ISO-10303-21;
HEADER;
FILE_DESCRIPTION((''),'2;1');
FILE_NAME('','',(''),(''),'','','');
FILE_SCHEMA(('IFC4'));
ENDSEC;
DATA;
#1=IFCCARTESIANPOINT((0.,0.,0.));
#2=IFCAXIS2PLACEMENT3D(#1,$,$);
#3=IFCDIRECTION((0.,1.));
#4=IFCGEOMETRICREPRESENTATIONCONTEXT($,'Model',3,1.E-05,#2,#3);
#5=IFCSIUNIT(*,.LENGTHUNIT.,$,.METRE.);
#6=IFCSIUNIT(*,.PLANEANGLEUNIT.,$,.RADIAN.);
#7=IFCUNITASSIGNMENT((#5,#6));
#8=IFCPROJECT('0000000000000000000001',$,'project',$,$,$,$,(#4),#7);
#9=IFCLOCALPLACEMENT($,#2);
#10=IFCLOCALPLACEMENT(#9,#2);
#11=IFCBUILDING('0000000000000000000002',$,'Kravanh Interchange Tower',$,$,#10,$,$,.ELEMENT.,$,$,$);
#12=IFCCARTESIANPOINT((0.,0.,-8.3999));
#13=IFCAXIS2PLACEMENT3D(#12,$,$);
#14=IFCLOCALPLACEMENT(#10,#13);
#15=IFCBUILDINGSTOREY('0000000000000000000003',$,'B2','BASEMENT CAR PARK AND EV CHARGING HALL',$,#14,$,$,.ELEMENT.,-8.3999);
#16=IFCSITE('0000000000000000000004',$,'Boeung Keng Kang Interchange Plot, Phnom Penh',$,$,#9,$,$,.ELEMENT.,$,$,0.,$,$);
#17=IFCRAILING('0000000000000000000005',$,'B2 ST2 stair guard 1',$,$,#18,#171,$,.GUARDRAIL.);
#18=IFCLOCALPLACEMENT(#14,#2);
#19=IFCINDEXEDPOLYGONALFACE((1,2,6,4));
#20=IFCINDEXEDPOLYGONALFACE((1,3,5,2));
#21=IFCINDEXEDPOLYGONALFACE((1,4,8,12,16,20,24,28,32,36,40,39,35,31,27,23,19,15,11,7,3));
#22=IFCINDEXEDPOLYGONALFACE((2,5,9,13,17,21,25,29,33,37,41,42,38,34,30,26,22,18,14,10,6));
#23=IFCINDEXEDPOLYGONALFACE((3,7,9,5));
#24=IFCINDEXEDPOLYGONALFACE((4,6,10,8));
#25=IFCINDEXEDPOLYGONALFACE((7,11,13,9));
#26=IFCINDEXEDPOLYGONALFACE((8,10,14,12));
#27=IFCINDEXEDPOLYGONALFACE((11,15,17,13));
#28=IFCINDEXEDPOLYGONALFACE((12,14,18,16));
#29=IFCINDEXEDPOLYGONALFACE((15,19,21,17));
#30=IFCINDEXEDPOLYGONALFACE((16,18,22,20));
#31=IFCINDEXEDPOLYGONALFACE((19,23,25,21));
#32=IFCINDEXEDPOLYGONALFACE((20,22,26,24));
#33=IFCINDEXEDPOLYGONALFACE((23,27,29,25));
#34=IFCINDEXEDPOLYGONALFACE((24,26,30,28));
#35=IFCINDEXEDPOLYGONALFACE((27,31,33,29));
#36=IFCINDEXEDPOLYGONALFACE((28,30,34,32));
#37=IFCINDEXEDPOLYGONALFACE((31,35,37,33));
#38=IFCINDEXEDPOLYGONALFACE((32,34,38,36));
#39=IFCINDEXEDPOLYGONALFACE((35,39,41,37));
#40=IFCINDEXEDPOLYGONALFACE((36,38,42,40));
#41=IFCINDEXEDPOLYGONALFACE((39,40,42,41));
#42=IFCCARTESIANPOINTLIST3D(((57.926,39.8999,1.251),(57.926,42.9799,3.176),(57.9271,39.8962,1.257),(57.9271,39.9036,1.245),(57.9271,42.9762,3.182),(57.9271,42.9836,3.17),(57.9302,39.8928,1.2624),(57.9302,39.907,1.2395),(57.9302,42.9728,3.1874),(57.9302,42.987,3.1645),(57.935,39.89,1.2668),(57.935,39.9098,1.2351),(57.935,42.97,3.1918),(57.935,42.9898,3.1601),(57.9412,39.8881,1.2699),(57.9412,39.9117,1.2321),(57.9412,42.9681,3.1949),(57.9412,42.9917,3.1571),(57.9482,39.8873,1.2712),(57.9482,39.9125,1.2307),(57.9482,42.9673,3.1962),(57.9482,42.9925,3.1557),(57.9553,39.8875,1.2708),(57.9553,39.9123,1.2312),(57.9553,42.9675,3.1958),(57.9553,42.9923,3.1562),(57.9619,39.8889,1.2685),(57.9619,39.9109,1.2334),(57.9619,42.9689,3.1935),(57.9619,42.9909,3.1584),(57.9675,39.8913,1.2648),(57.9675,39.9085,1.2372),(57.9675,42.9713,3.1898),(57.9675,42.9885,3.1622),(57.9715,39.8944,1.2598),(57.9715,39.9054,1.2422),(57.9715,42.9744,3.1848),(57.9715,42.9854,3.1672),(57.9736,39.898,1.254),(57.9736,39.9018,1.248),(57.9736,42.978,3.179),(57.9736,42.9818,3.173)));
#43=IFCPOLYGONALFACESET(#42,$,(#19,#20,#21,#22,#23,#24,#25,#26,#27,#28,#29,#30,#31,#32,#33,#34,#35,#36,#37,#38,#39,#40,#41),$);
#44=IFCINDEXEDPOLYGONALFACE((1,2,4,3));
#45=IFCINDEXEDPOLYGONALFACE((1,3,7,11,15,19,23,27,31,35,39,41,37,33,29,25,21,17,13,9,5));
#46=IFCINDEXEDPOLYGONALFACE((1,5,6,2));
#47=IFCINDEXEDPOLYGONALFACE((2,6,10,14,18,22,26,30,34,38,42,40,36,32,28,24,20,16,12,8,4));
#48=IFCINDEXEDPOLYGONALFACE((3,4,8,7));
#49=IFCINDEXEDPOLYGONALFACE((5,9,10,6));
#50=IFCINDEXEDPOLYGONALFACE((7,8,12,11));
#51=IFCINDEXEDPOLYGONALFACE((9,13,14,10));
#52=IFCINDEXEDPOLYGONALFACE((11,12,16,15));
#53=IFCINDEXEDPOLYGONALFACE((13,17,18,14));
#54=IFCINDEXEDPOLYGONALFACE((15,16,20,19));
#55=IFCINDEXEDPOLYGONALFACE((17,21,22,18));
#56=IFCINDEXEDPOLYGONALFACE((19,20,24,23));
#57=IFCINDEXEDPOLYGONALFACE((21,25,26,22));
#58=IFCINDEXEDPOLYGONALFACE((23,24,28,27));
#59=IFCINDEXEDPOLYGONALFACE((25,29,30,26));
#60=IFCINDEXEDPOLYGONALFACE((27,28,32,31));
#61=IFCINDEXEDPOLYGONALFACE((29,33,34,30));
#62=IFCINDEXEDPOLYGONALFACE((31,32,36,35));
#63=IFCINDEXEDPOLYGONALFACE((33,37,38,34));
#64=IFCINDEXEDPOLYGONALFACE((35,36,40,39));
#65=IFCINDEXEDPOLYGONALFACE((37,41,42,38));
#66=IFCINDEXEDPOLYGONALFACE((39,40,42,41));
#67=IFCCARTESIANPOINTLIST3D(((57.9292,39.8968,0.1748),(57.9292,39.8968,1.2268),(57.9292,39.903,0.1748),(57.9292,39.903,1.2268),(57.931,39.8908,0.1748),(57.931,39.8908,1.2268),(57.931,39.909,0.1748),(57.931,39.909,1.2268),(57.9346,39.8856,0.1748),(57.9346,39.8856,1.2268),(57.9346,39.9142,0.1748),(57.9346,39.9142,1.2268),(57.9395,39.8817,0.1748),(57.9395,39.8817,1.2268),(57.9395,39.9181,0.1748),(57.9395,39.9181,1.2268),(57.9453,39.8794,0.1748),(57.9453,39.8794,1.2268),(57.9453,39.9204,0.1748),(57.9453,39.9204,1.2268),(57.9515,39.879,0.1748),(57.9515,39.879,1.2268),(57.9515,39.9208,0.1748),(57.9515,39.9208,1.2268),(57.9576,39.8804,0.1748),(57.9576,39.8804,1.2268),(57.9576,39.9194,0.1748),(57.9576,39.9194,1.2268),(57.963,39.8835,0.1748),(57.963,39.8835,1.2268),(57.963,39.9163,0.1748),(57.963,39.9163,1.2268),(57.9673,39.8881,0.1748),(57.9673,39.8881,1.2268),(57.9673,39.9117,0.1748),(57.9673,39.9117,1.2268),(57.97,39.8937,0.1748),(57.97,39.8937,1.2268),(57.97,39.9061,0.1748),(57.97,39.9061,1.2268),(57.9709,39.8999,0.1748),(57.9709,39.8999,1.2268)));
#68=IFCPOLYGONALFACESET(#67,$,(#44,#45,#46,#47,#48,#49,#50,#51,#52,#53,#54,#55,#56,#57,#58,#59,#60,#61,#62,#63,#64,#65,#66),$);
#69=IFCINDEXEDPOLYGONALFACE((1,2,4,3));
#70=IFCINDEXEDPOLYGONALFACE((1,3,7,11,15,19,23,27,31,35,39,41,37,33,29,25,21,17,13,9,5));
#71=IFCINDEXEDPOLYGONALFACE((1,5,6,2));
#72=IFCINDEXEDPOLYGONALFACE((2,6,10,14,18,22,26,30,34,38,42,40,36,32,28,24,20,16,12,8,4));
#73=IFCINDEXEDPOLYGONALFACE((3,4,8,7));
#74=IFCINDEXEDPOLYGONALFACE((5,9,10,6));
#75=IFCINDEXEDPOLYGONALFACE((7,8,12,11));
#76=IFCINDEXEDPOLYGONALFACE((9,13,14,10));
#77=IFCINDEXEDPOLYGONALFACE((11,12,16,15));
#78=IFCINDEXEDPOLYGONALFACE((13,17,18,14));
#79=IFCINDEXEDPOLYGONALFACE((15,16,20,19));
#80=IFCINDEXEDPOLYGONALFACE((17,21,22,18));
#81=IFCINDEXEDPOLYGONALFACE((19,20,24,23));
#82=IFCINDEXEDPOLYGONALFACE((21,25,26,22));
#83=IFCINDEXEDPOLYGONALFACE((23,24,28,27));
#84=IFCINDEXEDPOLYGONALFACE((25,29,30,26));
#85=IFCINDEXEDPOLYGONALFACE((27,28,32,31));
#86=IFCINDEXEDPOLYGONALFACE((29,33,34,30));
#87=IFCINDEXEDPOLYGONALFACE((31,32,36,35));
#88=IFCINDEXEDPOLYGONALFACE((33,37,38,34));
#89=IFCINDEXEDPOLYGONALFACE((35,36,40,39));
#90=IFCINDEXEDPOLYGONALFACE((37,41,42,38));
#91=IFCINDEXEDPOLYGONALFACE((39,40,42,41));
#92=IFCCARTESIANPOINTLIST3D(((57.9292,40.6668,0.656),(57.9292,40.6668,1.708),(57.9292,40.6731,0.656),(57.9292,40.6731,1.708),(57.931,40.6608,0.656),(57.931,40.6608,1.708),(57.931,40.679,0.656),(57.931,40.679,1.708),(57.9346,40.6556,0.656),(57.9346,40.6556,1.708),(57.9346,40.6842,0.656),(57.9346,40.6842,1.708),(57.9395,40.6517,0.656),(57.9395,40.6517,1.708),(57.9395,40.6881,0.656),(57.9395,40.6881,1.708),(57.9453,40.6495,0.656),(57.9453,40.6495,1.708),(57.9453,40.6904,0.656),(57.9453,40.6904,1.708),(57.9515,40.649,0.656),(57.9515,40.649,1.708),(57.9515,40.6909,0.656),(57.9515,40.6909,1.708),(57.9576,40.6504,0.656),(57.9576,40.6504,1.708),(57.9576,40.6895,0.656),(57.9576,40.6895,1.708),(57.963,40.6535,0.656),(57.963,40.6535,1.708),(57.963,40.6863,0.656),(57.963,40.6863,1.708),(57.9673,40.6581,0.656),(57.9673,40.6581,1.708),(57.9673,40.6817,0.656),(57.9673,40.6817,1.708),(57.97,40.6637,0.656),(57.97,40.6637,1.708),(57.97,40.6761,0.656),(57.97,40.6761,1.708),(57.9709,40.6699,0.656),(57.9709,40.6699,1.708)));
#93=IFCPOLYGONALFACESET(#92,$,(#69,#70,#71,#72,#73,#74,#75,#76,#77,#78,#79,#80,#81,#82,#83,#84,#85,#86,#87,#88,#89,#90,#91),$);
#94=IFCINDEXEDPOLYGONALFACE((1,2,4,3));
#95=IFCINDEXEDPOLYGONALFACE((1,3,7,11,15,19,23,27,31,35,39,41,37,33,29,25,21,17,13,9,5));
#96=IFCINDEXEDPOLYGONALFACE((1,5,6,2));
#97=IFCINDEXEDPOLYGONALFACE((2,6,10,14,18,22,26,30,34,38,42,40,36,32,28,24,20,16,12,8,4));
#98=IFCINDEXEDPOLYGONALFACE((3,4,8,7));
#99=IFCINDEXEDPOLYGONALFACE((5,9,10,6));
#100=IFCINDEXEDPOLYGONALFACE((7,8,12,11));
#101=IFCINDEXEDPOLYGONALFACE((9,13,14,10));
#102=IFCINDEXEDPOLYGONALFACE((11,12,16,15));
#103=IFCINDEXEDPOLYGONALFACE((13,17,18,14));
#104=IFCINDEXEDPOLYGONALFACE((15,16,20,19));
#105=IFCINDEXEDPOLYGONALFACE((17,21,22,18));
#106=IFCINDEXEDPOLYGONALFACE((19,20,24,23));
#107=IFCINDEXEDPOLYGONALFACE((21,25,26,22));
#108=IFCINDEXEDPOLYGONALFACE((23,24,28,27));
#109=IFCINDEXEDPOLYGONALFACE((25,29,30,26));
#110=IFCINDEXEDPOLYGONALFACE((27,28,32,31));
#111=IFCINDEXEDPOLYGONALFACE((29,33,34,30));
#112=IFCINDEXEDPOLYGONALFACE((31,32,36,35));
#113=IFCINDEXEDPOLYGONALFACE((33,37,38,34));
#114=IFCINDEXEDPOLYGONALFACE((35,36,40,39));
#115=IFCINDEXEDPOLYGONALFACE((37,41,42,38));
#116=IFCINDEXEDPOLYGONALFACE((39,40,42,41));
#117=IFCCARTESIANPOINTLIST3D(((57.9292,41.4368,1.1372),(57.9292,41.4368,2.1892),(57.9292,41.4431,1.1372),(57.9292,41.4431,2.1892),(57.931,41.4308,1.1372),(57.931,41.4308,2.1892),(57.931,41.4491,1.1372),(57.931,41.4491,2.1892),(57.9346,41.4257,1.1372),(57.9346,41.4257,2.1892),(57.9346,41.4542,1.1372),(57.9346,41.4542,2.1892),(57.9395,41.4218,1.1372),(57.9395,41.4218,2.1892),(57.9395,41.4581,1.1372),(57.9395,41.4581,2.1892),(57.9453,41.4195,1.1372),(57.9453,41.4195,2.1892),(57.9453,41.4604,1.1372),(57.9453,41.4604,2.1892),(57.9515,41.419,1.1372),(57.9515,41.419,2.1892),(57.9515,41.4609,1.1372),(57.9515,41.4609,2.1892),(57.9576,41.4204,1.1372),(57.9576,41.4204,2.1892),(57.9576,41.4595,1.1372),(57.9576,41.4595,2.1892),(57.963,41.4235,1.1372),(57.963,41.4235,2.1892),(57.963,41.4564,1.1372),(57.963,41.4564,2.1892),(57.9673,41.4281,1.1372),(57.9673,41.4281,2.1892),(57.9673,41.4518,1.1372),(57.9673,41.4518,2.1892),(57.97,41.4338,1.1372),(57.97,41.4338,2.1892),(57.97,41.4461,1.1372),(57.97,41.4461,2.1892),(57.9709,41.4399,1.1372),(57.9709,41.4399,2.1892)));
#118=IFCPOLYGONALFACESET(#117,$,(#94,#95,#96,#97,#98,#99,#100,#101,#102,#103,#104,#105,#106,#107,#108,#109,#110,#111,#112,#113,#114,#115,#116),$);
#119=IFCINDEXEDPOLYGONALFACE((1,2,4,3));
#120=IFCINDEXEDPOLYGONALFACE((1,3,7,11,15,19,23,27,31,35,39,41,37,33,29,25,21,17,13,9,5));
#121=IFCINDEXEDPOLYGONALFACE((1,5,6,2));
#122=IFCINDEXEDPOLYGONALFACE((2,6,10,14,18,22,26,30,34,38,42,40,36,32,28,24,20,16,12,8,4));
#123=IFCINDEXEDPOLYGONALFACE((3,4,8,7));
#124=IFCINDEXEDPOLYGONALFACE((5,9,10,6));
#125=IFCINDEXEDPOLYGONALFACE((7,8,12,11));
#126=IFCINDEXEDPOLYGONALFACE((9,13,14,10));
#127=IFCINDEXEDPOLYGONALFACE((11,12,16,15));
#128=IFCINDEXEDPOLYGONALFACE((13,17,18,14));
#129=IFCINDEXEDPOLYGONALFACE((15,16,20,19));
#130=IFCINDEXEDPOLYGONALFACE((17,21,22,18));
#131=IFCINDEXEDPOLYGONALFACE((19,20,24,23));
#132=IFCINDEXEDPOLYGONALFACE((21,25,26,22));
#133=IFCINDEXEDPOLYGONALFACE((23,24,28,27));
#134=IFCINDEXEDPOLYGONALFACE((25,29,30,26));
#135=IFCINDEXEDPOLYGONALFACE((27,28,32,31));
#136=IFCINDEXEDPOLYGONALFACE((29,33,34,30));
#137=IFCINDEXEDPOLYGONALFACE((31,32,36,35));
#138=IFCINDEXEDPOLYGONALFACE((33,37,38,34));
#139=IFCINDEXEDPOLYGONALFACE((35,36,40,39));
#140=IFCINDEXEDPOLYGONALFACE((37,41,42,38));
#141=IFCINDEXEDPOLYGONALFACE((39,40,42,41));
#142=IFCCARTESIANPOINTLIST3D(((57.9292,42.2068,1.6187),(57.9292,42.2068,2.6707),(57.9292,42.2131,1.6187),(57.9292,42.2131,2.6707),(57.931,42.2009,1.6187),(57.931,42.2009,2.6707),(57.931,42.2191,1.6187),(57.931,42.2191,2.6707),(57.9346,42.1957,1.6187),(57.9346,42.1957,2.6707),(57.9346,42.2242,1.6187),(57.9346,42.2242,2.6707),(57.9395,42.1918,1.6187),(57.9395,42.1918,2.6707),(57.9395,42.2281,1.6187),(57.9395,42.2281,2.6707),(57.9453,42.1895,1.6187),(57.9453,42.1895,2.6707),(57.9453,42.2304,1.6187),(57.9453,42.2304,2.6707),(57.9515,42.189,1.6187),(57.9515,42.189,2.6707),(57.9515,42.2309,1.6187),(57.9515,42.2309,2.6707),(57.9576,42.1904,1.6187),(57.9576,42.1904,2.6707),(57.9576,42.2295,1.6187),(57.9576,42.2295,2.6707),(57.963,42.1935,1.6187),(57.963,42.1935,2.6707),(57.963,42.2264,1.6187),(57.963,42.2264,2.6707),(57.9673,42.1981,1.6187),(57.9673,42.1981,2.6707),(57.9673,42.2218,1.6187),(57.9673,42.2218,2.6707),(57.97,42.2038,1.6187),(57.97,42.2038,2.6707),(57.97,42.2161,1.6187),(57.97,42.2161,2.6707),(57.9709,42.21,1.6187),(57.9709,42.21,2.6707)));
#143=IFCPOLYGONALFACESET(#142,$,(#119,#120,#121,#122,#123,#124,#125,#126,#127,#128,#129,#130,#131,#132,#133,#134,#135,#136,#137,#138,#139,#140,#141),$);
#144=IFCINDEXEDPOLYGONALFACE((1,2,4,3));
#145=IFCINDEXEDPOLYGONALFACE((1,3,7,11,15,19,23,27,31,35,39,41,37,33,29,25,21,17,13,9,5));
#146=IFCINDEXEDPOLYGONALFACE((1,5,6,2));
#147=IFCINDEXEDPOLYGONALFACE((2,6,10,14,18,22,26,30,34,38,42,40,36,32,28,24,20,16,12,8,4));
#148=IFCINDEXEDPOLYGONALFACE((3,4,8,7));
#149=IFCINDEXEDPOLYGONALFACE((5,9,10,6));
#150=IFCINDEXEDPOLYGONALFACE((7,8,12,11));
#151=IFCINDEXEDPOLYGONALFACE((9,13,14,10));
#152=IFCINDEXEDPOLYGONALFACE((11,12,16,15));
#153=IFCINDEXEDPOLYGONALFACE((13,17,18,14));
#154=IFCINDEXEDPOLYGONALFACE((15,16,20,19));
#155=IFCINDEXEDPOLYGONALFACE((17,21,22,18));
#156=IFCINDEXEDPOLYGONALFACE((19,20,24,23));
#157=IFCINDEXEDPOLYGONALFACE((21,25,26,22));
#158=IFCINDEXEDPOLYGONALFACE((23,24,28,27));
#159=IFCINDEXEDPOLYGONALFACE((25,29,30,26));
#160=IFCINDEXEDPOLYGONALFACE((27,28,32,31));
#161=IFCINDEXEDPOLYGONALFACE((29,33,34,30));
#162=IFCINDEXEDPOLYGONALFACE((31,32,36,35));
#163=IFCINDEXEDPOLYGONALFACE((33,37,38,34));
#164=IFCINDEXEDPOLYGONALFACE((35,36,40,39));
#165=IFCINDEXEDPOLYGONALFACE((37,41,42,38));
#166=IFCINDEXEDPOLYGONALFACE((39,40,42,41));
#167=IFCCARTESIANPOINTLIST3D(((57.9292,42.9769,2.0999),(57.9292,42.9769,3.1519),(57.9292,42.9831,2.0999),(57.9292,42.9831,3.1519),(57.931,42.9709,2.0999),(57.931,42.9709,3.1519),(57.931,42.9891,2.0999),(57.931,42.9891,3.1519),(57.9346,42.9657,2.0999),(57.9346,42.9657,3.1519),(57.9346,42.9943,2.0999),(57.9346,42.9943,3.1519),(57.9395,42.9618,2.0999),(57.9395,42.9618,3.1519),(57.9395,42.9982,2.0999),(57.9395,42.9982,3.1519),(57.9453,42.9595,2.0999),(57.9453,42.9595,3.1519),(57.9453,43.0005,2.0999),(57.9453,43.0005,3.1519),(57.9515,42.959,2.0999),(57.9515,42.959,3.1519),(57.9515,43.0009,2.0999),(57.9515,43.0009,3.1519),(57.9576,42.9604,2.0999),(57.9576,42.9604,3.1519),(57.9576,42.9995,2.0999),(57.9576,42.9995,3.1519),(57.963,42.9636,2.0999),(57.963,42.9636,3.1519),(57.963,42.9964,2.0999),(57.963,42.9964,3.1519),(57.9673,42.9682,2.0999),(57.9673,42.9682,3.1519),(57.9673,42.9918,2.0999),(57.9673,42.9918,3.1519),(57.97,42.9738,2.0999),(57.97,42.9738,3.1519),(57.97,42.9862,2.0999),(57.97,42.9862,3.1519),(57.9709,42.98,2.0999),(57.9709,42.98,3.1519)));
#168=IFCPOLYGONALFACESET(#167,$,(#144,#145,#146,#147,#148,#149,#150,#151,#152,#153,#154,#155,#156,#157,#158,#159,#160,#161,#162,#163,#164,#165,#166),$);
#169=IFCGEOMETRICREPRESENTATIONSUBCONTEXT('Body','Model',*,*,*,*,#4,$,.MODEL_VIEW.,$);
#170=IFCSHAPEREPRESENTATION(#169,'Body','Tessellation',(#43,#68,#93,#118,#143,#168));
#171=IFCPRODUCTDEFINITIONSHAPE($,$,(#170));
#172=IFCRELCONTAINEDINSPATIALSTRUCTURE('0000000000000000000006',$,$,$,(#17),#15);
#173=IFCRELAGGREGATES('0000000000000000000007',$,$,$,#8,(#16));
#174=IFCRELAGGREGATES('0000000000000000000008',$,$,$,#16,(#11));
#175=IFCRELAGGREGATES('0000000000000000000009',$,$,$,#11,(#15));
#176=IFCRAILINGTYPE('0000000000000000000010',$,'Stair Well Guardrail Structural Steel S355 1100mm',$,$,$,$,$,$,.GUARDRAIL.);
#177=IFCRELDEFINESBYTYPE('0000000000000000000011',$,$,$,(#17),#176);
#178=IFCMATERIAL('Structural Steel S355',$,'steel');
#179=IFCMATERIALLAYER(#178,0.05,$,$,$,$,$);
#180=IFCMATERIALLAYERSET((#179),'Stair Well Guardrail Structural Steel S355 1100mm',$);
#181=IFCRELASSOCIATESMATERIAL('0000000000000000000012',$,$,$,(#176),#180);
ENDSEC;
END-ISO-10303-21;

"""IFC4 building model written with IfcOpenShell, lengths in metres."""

from ifc_helpers import new_model, si_unit, direction, frame, origin, origin_2d, place, context, subcontext, project, spatial, circle, extrude, material, layer, layer_set, type_object, element, save


model = new_model("IFC4")

# Units and contexts
model_context = context("Model", 3, precision=1e-05, world=origin(), true_north=direction((0.0, 1.0)))
body_context = subcontext(model_context, "Body", "Model", "MODEL_VIEW")
ifc_project = project(units=[si_unit("LENGTHUNIT", "METRE"), si_unit("PLANEANGLEUNIT", "RADIAN")], contexts=[model_context])

# Site, building, storey
site_placement = place(None, origin())
site = spatial("IfcSite", under=ifc_project, at=site_placement, Name="Boeung Keng Kang Interchange Plot, Phnom Penh", CompositionType="ELEMENT", RefElevation=0.0)
building_placement = place(site_placement, origin())
building = spatial("IfcBuilding", under=site, at=building_placement, Name="Kravanh Interchange Tower", CompositionType="ELEMENT")
storey_placement = place(building_placement, frame((0.0, 0.0, -8.3999)))
storey = spatial("IfcBuildingStorey", under=building, at=storey_placement, Name="B2", Description="BASEMENT CAR PARK AND EV CHARGING HALL", CompositionType="ELEMENT", Elevation=-8.3999)

# Railing
ifc_material_1 = material(Name="Structural Steel S355", Category="steel")
ifc_layer_1 = layer(ifc_material_1, 0.05)
ifc_layer_set_1 = layer_set([ifc_layer_1], Name="Stair Well Guardrail Structural Steel S355 1100mm")
railing_type_1 = type_object("IfcRailingType", Name="Stair Well Guardrail Structural Steel S355 1100mm", PredefinedType="GUARDRAIL", material=ifc_layer_set_1)
railing_1_placement = place(storey_placement, frame((57.95, 39.8999, 0.1748)))
element("IfcRailing", 1, at=railing_1_placement, inside=storey, type_object=railing_type_1, Name="B2 ST2 stair guard 1", PredefinedType="GUARDRAIL", context=body_context, shape_type="SweptSolid", body=[
    extrude(circle(Radius=0.0239, at=origin_2d()), frame((0.0, 0.0, 1.0762), z_axis=(0.0, 0.847998, 0.529999), x_axis=(-1.0, 0.0, 0.0)), (0.0, 0.0, 1.0), 3.6321),
    extrude(circle(Radius=0.021, at=origin_2d()), origin(), (0.0, 0.0, 1.0), 1.052),
    extrude(circle(Radius=0.021, at=origin_2d()), frame((0.0, 0.77, 0.4812)), (0.0, 0.0, 1.0), 1.052),
    extrude(circle(Radius=0.021, at=origin_2d()), frame((0.0, 1.54, 0.9624)), (0.0, 0.0, 1.0), 1.052),
    extrude(circle(Radius=0.021, at=origin_2d()), frame((0.0, 2.3101, 1.4438)), (0.0, 0.0, 1.0), 1.052),
    extrude(circle(Radius=0.021, at=origin_2d()), frame((0.0, 3.0801, 1.925)), (0.0, 0.0, 1.0), 1.052),
])

save(model, "model.ifc")
